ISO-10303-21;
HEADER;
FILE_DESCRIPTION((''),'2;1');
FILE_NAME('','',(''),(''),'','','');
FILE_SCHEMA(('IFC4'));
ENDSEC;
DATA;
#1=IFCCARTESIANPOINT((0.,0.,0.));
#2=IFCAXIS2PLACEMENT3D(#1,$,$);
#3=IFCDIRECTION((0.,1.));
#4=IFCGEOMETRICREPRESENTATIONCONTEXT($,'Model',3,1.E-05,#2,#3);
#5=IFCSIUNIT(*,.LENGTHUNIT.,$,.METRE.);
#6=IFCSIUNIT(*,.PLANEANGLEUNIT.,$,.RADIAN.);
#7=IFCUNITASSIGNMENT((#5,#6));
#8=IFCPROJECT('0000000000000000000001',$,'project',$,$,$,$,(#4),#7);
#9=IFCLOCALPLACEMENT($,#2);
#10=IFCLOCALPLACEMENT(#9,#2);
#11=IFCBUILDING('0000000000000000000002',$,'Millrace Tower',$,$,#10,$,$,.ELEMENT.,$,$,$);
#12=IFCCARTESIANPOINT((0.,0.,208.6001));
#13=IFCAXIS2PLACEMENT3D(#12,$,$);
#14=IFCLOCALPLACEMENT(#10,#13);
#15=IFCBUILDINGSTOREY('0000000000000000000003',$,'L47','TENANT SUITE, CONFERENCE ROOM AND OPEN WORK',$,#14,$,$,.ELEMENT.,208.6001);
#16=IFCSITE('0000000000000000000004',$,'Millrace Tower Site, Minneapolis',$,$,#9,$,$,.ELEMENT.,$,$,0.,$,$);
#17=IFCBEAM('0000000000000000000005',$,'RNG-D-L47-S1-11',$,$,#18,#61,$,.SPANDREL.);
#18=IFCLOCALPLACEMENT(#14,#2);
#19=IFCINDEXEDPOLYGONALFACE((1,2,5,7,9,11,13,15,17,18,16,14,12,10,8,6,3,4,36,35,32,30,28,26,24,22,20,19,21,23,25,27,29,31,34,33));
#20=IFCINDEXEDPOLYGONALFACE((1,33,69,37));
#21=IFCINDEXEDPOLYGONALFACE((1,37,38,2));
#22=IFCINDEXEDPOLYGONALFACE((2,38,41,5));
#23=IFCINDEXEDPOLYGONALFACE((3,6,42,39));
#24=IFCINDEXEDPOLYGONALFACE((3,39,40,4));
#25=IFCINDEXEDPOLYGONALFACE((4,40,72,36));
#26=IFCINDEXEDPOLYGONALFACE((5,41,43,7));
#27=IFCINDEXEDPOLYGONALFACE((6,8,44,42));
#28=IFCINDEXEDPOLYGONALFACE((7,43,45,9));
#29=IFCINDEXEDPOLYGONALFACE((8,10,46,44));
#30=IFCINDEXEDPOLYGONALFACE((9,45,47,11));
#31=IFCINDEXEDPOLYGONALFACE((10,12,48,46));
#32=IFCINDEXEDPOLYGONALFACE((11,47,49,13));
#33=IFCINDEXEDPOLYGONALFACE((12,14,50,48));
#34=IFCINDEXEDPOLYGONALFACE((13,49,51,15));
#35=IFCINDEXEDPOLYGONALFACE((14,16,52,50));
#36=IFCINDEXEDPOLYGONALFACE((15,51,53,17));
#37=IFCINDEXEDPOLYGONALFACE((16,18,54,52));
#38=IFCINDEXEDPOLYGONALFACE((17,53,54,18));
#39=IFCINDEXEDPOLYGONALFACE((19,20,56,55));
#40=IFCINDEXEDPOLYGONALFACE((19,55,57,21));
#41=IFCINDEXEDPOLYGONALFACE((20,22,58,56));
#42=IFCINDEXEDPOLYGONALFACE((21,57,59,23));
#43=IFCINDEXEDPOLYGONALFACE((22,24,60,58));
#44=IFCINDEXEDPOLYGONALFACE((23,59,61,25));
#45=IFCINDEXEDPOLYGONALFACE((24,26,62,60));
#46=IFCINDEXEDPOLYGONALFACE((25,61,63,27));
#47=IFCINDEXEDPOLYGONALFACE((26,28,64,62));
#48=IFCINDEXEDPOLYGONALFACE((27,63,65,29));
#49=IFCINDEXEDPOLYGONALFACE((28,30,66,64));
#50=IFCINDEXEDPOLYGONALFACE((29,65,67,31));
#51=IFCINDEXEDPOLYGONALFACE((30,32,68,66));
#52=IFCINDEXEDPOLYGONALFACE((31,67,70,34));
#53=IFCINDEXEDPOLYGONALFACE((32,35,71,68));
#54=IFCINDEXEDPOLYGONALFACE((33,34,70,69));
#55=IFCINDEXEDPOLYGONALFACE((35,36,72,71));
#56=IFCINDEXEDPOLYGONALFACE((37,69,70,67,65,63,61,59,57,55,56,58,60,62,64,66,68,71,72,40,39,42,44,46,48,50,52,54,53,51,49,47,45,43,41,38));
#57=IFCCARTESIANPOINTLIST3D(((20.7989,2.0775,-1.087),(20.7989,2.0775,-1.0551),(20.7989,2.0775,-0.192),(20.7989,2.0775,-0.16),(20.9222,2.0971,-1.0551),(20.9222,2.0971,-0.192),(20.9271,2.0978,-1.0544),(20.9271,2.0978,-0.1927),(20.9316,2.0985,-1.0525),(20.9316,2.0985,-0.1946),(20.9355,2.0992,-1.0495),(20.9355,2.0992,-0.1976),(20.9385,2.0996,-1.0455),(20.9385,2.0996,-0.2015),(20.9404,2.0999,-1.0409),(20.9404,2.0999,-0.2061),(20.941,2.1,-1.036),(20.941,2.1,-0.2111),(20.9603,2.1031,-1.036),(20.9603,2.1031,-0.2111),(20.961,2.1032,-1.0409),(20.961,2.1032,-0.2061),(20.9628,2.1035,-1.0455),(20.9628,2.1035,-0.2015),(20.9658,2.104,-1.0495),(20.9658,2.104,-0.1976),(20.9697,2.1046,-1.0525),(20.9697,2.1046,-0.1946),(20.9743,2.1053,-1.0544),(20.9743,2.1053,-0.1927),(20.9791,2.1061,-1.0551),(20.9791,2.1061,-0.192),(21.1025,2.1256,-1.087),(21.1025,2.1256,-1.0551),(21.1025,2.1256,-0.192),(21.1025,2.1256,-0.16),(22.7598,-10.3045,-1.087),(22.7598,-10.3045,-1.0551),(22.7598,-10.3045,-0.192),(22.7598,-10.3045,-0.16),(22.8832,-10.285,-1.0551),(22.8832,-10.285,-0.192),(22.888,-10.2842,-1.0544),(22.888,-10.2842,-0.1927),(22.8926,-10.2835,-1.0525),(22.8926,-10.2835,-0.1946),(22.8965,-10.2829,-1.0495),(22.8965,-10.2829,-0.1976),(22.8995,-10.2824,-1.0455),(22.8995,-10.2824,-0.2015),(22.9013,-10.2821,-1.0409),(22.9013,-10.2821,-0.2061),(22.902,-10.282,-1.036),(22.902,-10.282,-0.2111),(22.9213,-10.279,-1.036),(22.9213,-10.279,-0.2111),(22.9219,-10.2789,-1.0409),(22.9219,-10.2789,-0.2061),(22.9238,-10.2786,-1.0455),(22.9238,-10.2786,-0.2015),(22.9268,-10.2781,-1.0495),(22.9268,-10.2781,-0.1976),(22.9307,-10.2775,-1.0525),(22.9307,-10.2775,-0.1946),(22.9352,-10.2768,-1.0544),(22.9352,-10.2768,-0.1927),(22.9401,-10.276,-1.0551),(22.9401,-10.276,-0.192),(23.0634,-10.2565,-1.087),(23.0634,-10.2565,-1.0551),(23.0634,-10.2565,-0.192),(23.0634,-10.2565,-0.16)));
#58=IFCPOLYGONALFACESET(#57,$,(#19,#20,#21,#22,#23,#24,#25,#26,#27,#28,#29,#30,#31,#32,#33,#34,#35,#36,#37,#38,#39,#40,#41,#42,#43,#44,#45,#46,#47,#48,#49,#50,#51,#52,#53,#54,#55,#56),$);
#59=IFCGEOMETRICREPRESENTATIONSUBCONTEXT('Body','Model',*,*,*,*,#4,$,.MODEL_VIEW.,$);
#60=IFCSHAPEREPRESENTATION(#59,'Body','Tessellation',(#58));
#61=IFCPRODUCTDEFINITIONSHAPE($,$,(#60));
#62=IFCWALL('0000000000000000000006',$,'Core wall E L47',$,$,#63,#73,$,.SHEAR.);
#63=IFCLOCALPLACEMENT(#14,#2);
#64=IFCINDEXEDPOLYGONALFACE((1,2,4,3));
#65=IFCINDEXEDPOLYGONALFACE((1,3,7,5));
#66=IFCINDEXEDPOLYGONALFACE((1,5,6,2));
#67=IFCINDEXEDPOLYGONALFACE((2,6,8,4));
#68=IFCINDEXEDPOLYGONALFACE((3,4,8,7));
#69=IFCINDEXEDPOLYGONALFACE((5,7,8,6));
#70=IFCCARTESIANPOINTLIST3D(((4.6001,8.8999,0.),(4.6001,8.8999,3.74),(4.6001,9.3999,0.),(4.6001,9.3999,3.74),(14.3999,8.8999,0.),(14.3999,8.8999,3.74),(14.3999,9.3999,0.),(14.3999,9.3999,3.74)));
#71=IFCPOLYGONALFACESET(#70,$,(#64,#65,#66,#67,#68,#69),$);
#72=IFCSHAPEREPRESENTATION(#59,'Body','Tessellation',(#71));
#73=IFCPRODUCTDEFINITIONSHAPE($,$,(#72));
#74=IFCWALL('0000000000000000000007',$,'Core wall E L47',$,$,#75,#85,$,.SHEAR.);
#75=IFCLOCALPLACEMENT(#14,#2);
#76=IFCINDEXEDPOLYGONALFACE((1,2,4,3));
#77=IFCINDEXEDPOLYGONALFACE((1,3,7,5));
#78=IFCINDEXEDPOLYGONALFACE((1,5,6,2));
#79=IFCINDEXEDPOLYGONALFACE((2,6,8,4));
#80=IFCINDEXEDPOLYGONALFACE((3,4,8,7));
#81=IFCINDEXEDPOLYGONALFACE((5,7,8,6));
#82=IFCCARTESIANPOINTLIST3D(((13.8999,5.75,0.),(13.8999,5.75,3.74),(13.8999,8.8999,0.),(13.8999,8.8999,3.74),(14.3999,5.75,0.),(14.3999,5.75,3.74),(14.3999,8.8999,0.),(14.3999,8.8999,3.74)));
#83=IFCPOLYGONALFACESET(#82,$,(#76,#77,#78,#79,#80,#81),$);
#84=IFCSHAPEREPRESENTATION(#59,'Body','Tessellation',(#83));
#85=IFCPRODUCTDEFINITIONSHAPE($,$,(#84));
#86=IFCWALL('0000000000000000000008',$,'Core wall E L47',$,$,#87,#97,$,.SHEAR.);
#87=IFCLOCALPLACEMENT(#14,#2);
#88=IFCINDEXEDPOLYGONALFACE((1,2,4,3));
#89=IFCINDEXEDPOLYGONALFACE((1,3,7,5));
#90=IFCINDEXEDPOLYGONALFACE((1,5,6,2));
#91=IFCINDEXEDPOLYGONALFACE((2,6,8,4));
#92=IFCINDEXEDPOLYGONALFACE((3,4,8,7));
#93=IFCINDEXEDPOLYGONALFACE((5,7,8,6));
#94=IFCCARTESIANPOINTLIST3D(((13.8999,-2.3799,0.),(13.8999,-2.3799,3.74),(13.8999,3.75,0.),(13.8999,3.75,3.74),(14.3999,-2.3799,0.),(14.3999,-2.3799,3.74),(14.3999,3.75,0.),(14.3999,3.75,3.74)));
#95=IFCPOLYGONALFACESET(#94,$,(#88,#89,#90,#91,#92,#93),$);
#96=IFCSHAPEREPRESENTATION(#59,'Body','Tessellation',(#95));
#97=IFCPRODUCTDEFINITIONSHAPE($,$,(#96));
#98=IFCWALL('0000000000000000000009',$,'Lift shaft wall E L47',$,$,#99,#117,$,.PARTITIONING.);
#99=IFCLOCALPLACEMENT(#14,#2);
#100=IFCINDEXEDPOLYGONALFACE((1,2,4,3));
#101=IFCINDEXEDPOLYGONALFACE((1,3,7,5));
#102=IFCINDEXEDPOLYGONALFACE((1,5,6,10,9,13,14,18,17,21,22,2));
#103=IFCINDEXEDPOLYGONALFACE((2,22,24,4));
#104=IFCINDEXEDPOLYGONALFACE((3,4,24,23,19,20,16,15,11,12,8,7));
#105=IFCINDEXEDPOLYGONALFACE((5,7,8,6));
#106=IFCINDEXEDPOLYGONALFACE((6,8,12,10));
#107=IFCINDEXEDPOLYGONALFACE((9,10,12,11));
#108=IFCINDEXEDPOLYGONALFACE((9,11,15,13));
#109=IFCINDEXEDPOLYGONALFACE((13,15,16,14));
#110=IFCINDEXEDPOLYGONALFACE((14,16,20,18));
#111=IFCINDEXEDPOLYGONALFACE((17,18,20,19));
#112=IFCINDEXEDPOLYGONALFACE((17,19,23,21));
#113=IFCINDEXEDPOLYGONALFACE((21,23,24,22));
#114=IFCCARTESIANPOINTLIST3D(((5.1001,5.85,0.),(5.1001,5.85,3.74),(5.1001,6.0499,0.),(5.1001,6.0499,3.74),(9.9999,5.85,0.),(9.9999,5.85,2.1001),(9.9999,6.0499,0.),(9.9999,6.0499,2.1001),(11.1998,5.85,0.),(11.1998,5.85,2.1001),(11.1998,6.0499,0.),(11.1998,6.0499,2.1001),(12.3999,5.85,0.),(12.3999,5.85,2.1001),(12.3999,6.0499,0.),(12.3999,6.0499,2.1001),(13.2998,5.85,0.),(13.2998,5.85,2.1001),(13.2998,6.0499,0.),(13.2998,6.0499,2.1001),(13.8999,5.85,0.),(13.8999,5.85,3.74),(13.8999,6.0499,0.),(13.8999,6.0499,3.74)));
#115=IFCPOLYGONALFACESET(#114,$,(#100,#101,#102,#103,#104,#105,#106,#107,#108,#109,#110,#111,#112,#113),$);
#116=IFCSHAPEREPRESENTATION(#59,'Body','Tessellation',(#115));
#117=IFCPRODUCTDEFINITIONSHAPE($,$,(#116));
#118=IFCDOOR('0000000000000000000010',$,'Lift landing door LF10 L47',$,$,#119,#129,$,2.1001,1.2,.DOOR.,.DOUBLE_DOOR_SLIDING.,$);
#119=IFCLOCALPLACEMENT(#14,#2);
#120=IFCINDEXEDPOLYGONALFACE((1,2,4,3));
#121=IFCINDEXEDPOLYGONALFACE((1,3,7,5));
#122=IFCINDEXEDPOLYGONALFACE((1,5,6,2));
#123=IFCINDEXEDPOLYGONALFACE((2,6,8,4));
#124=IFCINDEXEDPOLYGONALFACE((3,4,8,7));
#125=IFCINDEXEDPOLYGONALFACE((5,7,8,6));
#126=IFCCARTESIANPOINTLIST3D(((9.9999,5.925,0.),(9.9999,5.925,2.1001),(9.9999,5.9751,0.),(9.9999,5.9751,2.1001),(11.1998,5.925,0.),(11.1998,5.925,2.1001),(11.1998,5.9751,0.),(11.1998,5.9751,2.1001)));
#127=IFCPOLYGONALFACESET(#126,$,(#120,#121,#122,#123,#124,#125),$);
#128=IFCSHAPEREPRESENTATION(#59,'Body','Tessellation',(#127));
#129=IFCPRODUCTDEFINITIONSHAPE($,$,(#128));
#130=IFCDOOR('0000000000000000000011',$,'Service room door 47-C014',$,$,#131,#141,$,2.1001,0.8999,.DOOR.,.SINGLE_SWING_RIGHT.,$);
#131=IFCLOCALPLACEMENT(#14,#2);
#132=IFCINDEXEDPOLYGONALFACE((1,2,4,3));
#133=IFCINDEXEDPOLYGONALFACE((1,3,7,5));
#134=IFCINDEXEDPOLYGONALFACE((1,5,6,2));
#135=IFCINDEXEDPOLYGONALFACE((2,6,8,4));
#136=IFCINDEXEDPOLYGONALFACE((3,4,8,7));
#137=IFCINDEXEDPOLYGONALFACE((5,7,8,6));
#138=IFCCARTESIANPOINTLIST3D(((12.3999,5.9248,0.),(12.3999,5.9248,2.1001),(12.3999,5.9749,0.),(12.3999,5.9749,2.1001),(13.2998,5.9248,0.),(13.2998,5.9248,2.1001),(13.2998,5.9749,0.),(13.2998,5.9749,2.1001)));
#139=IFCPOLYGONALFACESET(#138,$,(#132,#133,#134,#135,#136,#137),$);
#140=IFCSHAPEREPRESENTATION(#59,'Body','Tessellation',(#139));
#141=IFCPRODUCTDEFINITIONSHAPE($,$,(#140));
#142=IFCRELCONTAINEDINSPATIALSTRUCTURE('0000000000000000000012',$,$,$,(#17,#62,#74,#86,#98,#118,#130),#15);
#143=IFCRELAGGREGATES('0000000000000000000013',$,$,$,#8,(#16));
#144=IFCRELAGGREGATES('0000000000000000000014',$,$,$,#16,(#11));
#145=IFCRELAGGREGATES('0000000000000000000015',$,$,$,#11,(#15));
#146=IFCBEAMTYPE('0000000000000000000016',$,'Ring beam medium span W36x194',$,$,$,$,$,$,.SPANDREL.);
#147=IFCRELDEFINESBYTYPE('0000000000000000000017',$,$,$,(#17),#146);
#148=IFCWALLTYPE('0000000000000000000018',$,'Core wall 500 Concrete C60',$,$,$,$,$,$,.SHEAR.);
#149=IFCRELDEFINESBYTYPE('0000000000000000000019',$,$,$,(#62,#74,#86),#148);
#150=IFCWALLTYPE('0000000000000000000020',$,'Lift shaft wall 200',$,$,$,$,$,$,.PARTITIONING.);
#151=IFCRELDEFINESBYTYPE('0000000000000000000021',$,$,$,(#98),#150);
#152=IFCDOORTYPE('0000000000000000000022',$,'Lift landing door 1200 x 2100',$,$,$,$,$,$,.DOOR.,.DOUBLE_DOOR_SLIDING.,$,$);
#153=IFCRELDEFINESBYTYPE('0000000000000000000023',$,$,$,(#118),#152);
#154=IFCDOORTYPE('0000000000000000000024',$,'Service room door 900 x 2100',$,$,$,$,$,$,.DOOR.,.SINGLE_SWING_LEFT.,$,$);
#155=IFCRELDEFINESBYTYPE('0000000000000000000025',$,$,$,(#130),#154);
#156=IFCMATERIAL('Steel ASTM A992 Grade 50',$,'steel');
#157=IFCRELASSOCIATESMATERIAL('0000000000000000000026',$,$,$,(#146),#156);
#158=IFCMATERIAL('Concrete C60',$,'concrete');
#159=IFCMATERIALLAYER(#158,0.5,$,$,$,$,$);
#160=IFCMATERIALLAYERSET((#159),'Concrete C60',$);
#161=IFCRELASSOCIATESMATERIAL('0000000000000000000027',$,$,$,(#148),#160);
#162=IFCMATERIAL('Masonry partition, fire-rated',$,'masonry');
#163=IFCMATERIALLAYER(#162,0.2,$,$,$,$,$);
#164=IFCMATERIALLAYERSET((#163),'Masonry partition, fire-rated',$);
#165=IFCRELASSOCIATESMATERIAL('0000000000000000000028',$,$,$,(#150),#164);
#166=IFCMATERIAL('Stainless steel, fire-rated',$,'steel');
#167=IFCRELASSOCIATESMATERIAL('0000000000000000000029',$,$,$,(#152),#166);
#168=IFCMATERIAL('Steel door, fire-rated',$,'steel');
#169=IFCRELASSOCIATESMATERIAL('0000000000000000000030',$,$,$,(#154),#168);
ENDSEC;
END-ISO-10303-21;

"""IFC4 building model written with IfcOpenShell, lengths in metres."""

from ifc_helpers import new_model, si_unit, direction, frame, frame_2d, origin, origin_2d, place, context, subcontext, project, spatial, rectangle, i_section, extrude, material, layer, layer_set, material_profile, profile_set, type_object, element, fill, save


model = new_model("IFC4")

# Units and contexts
model_context = context("Model", 3, precision=1e-05, world=origin(), true_north=direction((0.0, 1.0)))
body_context = subcontext(model_context, "Body", "Model", "MODEL_VIEW")
ifc_project = project(units=[si_unit("LENGTHUNIT", "METRE"), si_unit("PLANEANGLEUNIT", "RADIAN")], contexts=[model_context])

# Site, building, storey
site_placement = place(None, origin())
site = spatial("IfcSite", under=ifc_project, at=site_placement, Name="Millrace Tower Site, Minneapolis", CompositionType="ELEMENT", RefElevation=0.0)
building_placement = place(site_placement, origin())
building = spatial("IfcBuilding", under=site, at=building_placement, Name="Millrace Tower", CompositionType="ELEMENT")
storey_placement = place(building_placement, frame((0.0, 0.0, 208.6001)))
storey = spatial("IfcBuildingStorey", under=building, at=storey_placement, Name="L47", Description="TENANT SUITE, CONFERENCE ROOM AND OPEN WORK", CompositionType="ELEMENT", Elevation=208.6001)

# Beam
ifc_material_1 = material(Name="Steel ASTM A992 Grade 50", Category="steel")
ifc_material_profile_1 = material_profile(ifc_material_1, i_section(OverallWidth=0.3074, OverallDepth=0.927, WebThickness=0.0195, FlangeThickness=0.032, FilletRadius=0.019, at=origin_2d()))
ifc_profile_set_1 = profile_set([ifc_material_profile_1], Name="Steel ASTM A992 Grade 50")
beam_type_1 = type_object("IfcBeamType", Name="Ring beam medium span W36x194", PredefinedType="SPANDREL", material=ifc_profile_set_1)
beam_1_placement = place(storey_placement, frame((20.9507, 2.1016, -0.6235), z_axis=(0.15642, -0.987691, 0.0), x_axis=(0.987691, 0.15642, 0.0)))
element("IfcBeam", 1, at=beam_1_placement, inside=storey, type_object=beam_type_1, Name="RNG-D-L47-S1-11", PredefinedType="SPANDREL", context=body_context, shape_type="SweptSolid", body=[
    extrude(i_section(OverallWidth=0.3074, OverallDepth=0.927, WebThickness=0.0195, FlangeThickness=0.032, FilletRadius=0.019, at=origin_2d()), origin(), (0.0, 0.0, 1.0), 12.5364),
])

# Walls
ifc_material_2 = material(Name="Concrete C60", Category="concrete")
ifc_layer_1 = layer(ifc_material_2, 0.5)
ifc_layer_set_1 = layer_set([ifc_layer_1], Name="Concrete C60")
wall_type_1 = type_object("IfcWallType", Name="Core wall 500 Concrete C60", PredefinedType="SHEAR", material=ifc_layer_set_1)
wall_1_placement = place(storey_placement, frame((14.3999, 9.1499, 0.0), z_axis=(0.0, 0.0, 1.0), x_axis=(-1.0, 0.0, 0.0)))
element("IfcWall", 2, at=wall_1_placement, inside=storey, type_object=wall_type_1, Name="Core wall E L47", PredefinedType="SHEAR", context=body_context, shape_type="SweptSolid", body=[
    extrude(rectangle(XDim=9.7998, YDim=0.5, at=frame_2d((4.8999, 0.0))), origin(), (0.0, 0.0, 1.0), 3.74),
])
wall_2_placement = place(storey_placement, frame((14.1499, 8.8999, 0.0), z_axis=(0.0, 0.0, 1.0), x_axis=(0.0, -1.0, 0.0)))
element("IfcWall", 3, at=wall_2_placement, inside=storey, type_object=wall_type_1, Name="Core wall E L47", PredefinedType="SHEAR", context=body_context, shape_type="SweptSolid", body=[
    extrude(rectangle(XDim=3.1499, YDim=0.5, at=frame_2d((1.575, 0.0))), origin(), (0.0, 0.0, 1.0), 3.74),
])
wall_3_placement = place(storey_placement, frame((14.1499, 3.75, 0.0), z_axis=(0.0, 0.0, 1.0), x_axis=(0.0, -1.0, 0.0)))
element("IfcWall", 4, at=wall_3_placement, inside=storey, type_object=wall_type_1, Name="Core wall E L47", PredefinedType="SHEAR", context=body_context, shape_type="SweptSolid", body=[
    extrude(rectangle(XDim=6.1299, YDim=0.5, at=frame_2d((3.0649, 0.0))), origin(), (0.0, 0.0, 1.0), 3.74),
])

# Wall, openings, doors
ifc_material_3 = material(Name="Masonry partition, fire-rated", Category="masonry")
ifc_layer_2 = layer(ifc_material_3, 0.2)
ifc_layer_set_2 = layer_set([ifc_layer_2], Name="Masonry partition, fire-rated")
wall_type_2 = type_object("IfcWallType", Name="Lift shaft wall 200", PredefinedType="PARTITIONING", material=ifc_layer_set_2)
wall_4_placement = place(storey_placement, frame((13.8999, 5.95, 0.0), z_axis=(0.0, 0.0, 1.0), x_axis=(-1.0, 0.0, 0.0)))
wall_4 = element("IfcWall", 5, at=wall_4_placement, inside=storey, type_object=wall_type_2, Name="Lift shaft wall E L47", PredefinedType="PARTITIONING", context=body_context, shape_type="SweptSolid", body=[
    extrude(rectangle(XDim=8.7998, YDim=0.2, at=frame_2d((4.3999, 0.0))), origin(), (0.0, 0.0, 1.0), 3.74),
])
opening_1_placement = place(wall_4_placement, frame((2.7, 0.0, 0.0)))
opening_1 = element("IfcOpeningElement", 6, at=opening_1_placement, cuts=wall_4, PredefinedType="OPENING", context=body_context, shape_type="SweptSolid", body=[
    extrude(rectangle(XDim=1.2, YDim=2.1001, at=frame_2d((0.6001, 1.05))), frame((0.0, 0.1099, 0.0), z_axis=(0.0, -1.0, 0.0), x_axis=(1.0, 0.0, 0.0)), (0.0, 0.0, 1.0), 0.22),
])
opening_2_placement = place(wall_4_placement, frame((0.6001, 0.0, 0.0)))
opening_2 = element("IfcOpeningElement", 7, at=opening_2_placement, cuts=wall_4, PredefinedType="OPENING", context=body_context, shape_type="SweptSolid", body=[
    extrude(rectangle(XDim=0.8999, YDim=2.1001, at=frame_2d((0.45, 1.05))), frame((0.0, 0.1099, 0.0), z_axis=(0.0, -1.0, 0.0), x_axis=(1.0, 0.0, 0.0)), (0.0, 0.0, 1.0), 0.22),
])
ifc_material_4 = material(Name="Stainless steel, fire-rated", Category="steel")
door_type_1 = type_object("IfcDoorType", Name="Lift landing door 1200 x 2100", OperationType="DOUBLE_DOOR_SLIDING", PredefinedType="DOOR", material=ifc_material_4)
door_1_placement = place(opening_1_placement, origin())
door_1 = element("IfcDoor", 8, at=door_1_placement, inside=storey, type_object=door_type_1, Name="Lift landing door LF10 L47", OperationType="DOUBLE_DOOR_SLIDING", OverallHeight=2.1001, OverallWidth=1.2, PredefinedType="DOOR", context=body_context, shape_type="SweptSolid", body=[
    extrude(rectangle(XDim=1.2, YDim=2.1001, at=frame_2d((0.6001, 1.05))), frame((0.0, 0.0249, 0.0), z_axis=(0.0, -1.0, 0.0), x_axis=(1.0, 0.0, 0.0)), (0.0, 0.0, 1.0), 0.05),
])
fill(opening_1, door_1)
ifc_material_5 = material(Name="Steel door, fire-rated", Category="steel")
door_type_2 = type_object("IfcDoorType", Name="Service room door 900 x 2100", OperationType="SINGLE_SWING_LEFT", PredefinedType="DOOR", material=ifc_material_5)
door_2_placement = place(opening_2_placement, frame((0.8999, 0.0, 0.0), z_axis=(0.0, 0.0, 1.0), x_axis=(-1.0, 0.0, 0.0)))
door_2 = element("IfcDoor", 9, at=door_2_placement, inside=storey, type_object=door_type_2, Name="Service room door 47-C014", OperationType="SINGLE_SWING_RIGHT", OverallHeight=2.1001, OverallWidth=0.8999, PredefinedType="DOOR", context=body_context, shape_type="SweptSolid", body=[
    extrude(rectangle(XDim=0.8999, YDim=2.1001, at=frame_2d((0.45, 1.05))), frame((0.0, 0.0249, 0.0), z_axis=(0.0, -1.0, 0.0), x_axis=(1.0, 0.0, 0.0)), (0.0, 0.0, 1.0), 0.05),
])
fill(opening_2, door_2)

save(model, "model.ifc")
